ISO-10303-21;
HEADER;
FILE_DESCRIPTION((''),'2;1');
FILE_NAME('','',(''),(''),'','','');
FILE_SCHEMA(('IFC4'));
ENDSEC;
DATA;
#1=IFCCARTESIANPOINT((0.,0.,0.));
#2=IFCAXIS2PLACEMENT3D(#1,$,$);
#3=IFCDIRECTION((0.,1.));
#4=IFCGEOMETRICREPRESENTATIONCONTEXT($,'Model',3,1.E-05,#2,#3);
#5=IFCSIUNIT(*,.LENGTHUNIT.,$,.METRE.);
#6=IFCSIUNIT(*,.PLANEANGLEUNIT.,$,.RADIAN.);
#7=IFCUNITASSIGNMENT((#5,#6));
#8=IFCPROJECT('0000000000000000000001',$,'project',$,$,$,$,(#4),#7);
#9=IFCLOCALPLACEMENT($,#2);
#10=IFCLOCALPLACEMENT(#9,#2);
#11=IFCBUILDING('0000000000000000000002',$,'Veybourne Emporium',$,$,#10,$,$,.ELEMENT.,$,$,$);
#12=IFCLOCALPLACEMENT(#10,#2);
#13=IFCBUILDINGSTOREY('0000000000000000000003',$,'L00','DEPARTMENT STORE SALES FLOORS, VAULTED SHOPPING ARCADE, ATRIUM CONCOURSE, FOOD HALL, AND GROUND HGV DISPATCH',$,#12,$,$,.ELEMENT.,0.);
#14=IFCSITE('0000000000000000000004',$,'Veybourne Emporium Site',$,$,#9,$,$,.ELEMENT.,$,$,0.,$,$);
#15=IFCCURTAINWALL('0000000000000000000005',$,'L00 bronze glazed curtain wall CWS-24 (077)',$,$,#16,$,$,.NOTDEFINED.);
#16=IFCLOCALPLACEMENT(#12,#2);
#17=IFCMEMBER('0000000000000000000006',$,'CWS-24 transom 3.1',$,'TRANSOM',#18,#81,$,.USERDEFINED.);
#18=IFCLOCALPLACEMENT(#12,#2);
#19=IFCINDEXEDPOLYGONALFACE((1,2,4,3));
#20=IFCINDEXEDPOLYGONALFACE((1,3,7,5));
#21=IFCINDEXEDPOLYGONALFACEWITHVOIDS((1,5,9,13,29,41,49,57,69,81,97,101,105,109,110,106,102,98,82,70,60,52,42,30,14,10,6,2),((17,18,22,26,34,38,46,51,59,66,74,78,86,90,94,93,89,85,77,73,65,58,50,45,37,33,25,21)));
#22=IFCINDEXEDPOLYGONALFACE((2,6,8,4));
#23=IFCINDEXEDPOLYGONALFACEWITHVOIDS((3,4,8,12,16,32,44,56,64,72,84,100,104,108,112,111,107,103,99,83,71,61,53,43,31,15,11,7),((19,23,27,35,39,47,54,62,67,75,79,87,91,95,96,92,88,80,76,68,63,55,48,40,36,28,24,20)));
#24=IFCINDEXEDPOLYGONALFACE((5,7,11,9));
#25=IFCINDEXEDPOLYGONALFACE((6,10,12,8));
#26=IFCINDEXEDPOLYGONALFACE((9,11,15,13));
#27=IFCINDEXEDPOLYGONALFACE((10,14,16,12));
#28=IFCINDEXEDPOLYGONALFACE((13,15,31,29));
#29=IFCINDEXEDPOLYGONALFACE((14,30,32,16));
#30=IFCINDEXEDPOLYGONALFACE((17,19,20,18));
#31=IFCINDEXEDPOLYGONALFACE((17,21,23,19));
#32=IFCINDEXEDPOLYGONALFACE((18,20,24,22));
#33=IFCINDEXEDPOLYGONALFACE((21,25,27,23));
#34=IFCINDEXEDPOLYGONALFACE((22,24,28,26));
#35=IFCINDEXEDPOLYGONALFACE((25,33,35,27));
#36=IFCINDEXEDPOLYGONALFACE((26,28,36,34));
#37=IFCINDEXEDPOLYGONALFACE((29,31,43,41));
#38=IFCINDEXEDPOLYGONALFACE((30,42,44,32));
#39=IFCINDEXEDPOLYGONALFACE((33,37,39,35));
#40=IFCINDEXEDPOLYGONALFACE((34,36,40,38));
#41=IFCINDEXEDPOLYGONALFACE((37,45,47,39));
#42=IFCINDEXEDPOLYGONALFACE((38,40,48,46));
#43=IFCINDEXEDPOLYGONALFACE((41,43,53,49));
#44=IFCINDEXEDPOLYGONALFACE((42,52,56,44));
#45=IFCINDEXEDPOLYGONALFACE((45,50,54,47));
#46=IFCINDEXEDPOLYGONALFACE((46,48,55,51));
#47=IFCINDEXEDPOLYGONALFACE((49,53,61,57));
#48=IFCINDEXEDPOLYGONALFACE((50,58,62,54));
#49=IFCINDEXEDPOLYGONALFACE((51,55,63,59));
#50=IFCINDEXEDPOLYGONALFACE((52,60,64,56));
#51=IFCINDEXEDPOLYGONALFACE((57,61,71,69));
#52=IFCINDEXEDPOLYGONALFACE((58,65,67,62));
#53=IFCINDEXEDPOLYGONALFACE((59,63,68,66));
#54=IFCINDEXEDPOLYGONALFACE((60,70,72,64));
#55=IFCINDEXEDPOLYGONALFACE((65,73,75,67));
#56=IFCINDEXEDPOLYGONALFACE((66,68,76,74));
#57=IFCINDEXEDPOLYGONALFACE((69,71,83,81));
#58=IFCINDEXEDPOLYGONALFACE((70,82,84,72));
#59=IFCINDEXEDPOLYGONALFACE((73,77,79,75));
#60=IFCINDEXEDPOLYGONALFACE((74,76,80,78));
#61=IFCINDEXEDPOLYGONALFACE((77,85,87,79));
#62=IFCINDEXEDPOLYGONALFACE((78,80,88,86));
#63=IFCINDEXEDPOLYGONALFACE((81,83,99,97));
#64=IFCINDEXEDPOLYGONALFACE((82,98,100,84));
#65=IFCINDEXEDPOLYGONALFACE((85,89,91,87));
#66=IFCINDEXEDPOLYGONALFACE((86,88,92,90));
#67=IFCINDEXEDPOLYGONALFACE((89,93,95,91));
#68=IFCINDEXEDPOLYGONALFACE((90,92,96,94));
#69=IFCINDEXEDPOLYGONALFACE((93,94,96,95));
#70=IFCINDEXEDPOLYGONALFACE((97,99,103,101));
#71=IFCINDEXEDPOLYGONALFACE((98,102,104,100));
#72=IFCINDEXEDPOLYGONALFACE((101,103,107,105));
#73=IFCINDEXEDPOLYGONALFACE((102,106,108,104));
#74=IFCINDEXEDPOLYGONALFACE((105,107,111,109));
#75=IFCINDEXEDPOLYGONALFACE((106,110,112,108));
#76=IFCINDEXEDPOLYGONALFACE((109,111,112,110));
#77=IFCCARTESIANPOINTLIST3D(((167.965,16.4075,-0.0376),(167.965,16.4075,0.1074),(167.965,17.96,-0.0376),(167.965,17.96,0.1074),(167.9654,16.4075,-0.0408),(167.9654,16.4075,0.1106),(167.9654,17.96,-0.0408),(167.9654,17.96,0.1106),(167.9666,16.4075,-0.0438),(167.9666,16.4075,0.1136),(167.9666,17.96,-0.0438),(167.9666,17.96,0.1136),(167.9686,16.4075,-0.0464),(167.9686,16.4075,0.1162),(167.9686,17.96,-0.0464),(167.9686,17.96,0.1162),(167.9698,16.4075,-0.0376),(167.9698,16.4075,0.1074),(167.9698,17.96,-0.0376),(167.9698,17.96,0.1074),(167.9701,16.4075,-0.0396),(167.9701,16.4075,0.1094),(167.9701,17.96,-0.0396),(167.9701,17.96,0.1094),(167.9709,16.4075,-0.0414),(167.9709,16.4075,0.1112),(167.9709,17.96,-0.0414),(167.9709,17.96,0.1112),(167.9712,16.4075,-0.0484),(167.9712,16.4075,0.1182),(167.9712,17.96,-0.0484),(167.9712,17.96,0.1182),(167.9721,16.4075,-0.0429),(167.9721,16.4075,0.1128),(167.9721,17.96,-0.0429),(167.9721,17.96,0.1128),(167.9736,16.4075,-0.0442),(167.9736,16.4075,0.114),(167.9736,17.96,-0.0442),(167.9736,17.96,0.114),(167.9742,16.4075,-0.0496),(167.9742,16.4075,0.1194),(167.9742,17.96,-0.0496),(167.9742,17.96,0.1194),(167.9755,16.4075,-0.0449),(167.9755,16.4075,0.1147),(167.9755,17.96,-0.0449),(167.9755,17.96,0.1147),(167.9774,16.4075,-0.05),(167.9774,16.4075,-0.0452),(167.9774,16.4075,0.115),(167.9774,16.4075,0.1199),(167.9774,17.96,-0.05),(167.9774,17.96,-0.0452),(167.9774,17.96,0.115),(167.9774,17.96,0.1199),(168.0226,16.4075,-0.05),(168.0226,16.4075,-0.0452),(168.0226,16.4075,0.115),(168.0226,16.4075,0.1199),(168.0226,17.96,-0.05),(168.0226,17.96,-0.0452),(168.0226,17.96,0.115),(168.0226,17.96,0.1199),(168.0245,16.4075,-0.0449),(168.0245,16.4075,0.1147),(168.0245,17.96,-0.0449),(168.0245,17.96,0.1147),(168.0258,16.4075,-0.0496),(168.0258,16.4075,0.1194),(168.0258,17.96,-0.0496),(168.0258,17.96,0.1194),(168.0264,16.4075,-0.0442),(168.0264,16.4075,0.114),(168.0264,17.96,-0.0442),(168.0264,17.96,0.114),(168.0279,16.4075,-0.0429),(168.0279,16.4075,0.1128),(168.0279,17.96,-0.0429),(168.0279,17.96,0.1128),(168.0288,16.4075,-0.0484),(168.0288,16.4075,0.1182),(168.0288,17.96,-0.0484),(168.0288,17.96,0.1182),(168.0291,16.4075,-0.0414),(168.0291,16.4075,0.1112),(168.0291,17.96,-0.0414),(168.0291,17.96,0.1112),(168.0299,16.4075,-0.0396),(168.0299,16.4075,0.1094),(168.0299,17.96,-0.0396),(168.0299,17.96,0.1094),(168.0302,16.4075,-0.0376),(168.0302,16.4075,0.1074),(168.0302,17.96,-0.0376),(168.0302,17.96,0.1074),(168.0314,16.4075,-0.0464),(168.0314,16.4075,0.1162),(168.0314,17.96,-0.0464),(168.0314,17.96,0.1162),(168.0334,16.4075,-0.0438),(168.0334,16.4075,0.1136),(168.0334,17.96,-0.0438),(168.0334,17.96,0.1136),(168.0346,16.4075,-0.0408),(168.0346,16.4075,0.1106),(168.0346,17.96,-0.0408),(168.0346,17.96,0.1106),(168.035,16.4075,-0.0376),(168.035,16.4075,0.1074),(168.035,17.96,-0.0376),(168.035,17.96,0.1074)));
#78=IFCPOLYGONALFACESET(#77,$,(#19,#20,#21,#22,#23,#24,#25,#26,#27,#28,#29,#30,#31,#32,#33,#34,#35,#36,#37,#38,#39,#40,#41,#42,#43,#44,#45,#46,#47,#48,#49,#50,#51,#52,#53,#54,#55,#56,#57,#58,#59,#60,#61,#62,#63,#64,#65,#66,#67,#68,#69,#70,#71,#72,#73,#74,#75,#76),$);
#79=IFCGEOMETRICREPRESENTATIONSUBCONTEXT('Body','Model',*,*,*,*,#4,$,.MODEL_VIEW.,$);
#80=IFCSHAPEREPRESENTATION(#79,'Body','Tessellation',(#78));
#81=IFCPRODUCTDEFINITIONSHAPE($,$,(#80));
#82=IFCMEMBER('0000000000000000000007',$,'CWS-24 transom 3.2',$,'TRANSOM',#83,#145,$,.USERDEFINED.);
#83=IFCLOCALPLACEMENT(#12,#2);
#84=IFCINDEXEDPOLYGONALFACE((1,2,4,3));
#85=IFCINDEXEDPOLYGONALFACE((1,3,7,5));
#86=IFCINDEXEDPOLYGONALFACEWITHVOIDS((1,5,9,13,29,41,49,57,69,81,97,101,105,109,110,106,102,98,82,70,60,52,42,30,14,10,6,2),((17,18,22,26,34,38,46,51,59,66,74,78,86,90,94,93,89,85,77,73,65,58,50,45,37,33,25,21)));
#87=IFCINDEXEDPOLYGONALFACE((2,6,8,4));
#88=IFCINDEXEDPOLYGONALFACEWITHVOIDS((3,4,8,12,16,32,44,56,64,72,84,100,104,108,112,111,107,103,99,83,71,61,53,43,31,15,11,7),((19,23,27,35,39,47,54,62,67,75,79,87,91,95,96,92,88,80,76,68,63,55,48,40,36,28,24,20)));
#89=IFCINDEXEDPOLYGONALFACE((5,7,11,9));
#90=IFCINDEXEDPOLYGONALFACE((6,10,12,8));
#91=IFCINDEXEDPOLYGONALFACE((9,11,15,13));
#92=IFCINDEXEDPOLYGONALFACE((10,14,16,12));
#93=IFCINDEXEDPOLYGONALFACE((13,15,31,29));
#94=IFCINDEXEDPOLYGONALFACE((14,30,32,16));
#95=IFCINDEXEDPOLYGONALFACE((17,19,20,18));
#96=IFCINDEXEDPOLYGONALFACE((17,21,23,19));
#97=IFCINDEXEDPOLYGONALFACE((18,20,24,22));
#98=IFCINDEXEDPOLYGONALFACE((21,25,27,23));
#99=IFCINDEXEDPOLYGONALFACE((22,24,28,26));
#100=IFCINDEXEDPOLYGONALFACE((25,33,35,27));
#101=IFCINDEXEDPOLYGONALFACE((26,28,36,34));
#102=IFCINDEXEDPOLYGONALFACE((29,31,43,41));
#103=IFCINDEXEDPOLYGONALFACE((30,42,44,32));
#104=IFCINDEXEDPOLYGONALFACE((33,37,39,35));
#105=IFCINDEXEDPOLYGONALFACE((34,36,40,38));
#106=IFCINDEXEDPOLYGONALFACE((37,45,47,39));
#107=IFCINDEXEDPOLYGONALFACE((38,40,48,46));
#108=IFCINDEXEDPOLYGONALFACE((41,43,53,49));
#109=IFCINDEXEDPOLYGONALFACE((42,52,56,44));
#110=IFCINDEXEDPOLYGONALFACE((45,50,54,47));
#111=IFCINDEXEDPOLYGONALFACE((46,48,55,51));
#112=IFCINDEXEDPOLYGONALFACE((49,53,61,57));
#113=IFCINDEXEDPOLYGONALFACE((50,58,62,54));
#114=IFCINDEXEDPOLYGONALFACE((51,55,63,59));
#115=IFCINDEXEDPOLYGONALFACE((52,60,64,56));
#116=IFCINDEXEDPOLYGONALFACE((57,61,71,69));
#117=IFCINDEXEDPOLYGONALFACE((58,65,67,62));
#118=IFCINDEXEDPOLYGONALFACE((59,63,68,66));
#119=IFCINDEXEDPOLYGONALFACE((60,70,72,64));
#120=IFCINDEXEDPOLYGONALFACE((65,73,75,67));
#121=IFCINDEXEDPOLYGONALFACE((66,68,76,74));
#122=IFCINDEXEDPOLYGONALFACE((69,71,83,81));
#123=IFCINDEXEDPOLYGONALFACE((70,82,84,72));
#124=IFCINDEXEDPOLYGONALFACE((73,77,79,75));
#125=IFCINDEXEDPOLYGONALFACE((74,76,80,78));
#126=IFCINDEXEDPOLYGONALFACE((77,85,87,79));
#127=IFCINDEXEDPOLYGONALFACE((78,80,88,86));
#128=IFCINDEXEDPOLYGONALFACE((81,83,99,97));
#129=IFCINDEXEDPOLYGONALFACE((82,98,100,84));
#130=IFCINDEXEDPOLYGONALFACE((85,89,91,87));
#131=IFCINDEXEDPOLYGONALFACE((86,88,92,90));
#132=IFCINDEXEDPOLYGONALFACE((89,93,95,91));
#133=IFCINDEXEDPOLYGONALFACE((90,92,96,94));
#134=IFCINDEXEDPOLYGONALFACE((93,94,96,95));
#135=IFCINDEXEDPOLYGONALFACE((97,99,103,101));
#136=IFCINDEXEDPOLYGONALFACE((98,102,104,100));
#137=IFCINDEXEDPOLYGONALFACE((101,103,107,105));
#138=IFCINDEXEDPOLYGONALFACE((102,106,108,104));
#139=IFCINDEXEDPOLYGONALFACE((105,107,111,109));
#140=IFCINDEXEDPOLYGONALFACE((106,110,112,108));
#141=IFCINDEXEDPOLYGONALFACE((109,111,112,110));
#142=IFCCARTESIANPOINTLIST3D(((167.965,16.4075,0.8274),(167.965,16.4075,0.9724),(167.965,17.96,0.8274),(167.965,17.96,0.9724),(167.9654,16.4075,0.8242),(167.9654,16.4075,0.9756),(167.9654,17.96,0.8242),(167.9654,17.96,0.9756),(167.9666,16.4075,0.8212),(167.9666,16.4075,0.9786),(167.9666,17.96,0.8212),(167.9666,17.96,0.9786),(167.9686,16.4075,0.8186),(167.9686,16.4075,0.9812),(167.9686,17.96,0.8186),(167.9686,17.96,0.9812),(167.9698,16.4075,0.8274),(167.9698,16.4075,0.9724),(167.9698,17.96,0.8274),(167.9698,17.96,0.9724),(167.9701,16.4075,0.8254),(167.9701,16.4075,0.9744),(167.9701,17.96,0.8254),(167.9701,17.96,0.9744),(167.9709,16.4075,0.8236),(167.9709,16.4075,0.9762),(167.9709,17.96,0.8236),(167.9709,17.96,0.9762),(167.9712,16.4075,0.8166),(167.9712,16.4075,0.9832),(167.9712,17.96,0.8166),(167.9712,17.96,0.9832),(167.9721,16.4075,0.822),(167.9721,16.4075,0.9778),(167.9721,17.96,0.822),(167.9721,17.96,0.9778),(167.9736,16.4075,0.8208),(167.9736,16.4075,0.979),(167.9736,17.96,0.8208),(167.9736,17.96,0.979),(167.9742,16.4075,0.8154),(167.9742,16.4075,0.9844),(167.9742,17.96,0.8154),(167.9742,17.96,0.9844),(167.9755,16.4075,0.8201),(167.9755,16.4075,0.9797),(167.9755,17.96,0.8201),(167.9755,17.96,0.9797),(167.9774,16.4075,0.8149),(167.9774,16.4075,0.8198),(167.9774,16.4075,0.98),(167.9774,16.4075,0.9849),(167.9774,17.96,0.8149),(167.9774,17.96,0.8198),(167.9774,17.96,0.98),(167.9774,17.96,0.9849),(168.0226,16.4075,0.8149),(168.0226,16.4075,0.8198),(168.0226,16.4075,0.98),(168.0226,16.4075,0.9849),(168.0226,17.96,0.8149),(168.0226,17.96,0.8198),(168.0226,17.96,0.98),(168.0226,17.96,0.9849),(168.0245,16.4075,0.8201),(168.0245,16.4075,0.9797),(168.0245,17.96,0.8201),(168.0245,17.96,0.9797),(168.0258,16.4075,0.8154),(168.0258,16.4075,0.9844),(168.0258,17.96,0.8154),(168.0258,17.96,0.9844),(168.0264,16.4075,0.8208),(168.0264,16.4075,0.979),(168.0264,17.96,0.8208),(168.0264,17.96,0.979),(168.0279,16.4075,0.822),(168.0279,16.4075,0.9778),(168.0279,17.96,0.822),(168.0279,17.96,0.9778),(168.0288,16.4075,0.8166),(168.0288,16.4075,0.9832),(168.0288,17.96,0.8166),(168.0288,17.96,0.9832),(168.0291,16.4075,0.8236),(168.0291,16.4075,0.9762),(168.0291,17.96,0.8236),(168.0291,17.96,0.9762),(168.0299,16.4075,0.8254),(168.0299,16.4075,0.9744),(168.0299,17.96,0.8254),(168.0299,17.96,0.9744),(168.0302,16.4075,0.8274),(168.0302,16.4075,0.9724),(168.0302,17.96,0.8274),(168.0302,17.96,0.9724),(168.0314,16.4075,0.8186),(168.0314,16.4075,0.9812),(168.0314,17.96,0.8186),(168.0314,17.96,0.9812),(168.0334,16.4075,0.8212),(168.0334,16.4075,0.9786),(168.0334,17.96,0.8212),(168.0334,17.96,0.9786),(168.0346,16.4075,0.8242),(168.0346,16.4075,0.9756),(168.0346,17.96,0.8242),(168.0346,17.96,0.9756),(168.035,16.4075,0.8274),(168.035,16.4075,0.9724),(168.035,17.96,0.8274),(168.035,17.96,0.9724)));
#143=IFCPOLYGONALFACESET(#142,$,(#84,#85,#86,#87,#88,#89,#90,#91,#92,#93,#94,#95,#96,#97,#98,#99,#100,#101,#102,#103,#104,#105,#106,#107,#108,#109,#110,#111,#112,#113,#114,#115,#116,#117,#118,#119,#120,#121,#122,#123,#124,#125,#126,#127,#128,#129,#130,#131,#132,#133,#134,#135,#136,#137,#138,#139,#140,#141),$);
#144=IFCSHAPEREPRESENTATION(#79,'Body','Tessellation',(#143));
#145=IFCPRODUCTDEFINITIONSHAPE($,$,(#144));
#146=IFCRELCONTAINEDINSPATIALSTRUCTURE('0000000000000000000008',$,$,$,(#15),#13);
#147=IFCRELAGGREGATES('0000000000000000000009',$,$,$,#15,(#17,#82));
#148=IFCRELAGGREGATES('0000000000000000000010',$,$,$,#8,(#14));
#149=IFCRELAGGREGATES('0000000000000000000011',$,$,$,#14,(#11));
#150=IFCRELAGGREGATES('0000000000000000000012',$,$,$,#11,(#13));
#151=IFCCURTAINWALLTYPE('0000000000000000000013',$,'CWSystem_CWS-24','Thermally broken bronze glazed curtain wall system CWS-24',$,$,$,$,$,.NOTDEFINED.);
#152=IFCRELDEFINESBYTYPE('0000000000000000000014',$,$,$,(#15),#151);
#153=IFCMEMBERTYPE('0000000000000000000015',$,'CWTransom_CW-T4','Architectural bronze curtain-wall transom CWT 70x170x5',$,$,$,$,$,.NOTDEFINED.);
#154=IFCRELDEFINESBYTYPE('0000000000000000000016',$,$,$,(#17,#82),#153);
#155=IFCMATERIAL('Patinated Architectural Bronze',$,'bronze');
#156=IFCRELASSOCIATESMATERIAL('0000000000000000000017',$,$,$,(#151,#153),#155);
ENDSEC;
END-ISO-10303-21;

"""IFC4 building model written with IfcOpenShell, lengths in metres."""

from ifc_helpers import new_model, si_unit, direction, frame, origin, origin_2d, place, context, subcontext, project, spatial, hollow_rectangle, extrude, material, material_profile, profile_set, type_object, element, aggregate, save


model = new_model("IFC4")

# Units and contexts
model_context = context("Model", 3, precision=1e-05, world=origin(), true_north=direction((0.0, 1.0)))
body_context = subcontext(model_context, "Body", "Model", "MODEL_VIEW")
ifc_project = project(units=[si_unit("LENGTHUNIT", "METRE"), si_unit("PLANEANGLEUNIT", "RADIAN")], contexts=[model_context])

# Site, building, storey
site_placement = place(None, origin())
site = spatial("IfcSite", under=ifc_project, at=site_placement, Name="Veybourne Emporium Site", CompositionType="ELEMENT", RefElevation=0.0)
building_placement = place(site_placement, origin())
building = spatial("IfcBuilding", under=site, at=building_placement, Name="Veybourne Emporium", CompositionType="ELEMENT")
storey_placement = place(building_placement, origin())
storey = spatial("IfcBuildingStorey", under=building, at=storey_placement, Name="L00", Description="DEPARTMENT STORE SALES FLOORS, VAULTED SHOPPING ARCADE, ATRIUM CONCOURSE, FOOD HALL, AND GROUND HGV DISPATCH", CompositionType="ELEMENT", Elevation=0.0)

# Curtain wall
ifc_material_1 = material(Name="Patinated Architectural Bronze", Category="bronze")
curtain_wall_type_1 = type_object("IfcCurtainWallType", Name="CWSystem_CWS-24", Description="Thermally broken bronze glazed curtain wall system CWS-24", PredefinedType="NOTDEFINED", material=ifc_material_1)
curtain_wall_1_placement = place(storey_placement, origin())
curtain_wall_1 = element("IfcCurtainWall", 1, at=curtain_wall_1_placement, inside=storey, type_object=curtain_wall_type_1, Name="L00 bronze glazed curtain wall CWS-24 (077)", PredefinedType="NOTDEFINED")

# Members
ifc_material_profile_1 = material_profile(ifc_material_1, hollow_rectangle(XDim=0.0701, YDim=0.1699, WallThickness=0.0049, InnerFilletRadius=0.0076, OuterFilletRadius=0.0125, at=origin_2d()), Name="CWT 70x170x5")
ifc_profile_set_1 = profile_set([ifc_material_profile_1], Name="Patinated Architectural Bronze")
member_type_1 = type_object("IfcMemberType", Name="CWTransom_CW-T4", Description="Architectural bronze curtain-wall transom CWT 70x170x5", PredefinedType="NOTDEFINED", material=ifc_profile_set_1)
member_1_placement = place(storey_placement, frame((168.0, 17.96, 0.0349), z_axis=(0.0, -1.0, 0.0), x_axis=(1.0, 0.0, 0.0)))
member_1 = element("IfcMember", 2, at=member_1_placement, type_object=member_type_1, Name="CWS-24 transom 3.1", ObjectType="TRANSOM", PredefinedType="USERDEFINED", context=body_context, shape_type="SweptSolid", body=[
    extrude(hollow_rectangle(XDim=0.0701, YDim=0.1699, WallThickness=0.0049, InnerFilletRadius=0.0076, OuterFilletRadius=0.0125, at=origin_2d()), origin(), (0.0, 0.0, 1.0), 1.5525),
])
member_2_placement = place(storey_placement, frame((168.0, 17.96, 0.8999), z_axis=(0.0, -1.0, 0.0), x_axis=(1.0, 0.0, 0.0)))
member_2 = element("IfcMember", 3, at=member_2_placement, type_object=member_type_1, Name="CWS-24 transom 3.2", ObjectType="TRANSOM", PredefinedType="USERDEFINED", context=body_context, shape_type="SweptSolid", body=[
    extrude(hollow_rectangle(XDim=0.0701, YDim=0.1699, WallThickness=0.0049, InnerFilletRadius=0.0076, OuterFilletRadius=0.0125, at=origin_2d()), origin(), (0.0, 0.0, 1.0), 1.5525),
])

aggregate(curtain_wall_1, [member_1, member_2])

save(model, "model.ifc")
